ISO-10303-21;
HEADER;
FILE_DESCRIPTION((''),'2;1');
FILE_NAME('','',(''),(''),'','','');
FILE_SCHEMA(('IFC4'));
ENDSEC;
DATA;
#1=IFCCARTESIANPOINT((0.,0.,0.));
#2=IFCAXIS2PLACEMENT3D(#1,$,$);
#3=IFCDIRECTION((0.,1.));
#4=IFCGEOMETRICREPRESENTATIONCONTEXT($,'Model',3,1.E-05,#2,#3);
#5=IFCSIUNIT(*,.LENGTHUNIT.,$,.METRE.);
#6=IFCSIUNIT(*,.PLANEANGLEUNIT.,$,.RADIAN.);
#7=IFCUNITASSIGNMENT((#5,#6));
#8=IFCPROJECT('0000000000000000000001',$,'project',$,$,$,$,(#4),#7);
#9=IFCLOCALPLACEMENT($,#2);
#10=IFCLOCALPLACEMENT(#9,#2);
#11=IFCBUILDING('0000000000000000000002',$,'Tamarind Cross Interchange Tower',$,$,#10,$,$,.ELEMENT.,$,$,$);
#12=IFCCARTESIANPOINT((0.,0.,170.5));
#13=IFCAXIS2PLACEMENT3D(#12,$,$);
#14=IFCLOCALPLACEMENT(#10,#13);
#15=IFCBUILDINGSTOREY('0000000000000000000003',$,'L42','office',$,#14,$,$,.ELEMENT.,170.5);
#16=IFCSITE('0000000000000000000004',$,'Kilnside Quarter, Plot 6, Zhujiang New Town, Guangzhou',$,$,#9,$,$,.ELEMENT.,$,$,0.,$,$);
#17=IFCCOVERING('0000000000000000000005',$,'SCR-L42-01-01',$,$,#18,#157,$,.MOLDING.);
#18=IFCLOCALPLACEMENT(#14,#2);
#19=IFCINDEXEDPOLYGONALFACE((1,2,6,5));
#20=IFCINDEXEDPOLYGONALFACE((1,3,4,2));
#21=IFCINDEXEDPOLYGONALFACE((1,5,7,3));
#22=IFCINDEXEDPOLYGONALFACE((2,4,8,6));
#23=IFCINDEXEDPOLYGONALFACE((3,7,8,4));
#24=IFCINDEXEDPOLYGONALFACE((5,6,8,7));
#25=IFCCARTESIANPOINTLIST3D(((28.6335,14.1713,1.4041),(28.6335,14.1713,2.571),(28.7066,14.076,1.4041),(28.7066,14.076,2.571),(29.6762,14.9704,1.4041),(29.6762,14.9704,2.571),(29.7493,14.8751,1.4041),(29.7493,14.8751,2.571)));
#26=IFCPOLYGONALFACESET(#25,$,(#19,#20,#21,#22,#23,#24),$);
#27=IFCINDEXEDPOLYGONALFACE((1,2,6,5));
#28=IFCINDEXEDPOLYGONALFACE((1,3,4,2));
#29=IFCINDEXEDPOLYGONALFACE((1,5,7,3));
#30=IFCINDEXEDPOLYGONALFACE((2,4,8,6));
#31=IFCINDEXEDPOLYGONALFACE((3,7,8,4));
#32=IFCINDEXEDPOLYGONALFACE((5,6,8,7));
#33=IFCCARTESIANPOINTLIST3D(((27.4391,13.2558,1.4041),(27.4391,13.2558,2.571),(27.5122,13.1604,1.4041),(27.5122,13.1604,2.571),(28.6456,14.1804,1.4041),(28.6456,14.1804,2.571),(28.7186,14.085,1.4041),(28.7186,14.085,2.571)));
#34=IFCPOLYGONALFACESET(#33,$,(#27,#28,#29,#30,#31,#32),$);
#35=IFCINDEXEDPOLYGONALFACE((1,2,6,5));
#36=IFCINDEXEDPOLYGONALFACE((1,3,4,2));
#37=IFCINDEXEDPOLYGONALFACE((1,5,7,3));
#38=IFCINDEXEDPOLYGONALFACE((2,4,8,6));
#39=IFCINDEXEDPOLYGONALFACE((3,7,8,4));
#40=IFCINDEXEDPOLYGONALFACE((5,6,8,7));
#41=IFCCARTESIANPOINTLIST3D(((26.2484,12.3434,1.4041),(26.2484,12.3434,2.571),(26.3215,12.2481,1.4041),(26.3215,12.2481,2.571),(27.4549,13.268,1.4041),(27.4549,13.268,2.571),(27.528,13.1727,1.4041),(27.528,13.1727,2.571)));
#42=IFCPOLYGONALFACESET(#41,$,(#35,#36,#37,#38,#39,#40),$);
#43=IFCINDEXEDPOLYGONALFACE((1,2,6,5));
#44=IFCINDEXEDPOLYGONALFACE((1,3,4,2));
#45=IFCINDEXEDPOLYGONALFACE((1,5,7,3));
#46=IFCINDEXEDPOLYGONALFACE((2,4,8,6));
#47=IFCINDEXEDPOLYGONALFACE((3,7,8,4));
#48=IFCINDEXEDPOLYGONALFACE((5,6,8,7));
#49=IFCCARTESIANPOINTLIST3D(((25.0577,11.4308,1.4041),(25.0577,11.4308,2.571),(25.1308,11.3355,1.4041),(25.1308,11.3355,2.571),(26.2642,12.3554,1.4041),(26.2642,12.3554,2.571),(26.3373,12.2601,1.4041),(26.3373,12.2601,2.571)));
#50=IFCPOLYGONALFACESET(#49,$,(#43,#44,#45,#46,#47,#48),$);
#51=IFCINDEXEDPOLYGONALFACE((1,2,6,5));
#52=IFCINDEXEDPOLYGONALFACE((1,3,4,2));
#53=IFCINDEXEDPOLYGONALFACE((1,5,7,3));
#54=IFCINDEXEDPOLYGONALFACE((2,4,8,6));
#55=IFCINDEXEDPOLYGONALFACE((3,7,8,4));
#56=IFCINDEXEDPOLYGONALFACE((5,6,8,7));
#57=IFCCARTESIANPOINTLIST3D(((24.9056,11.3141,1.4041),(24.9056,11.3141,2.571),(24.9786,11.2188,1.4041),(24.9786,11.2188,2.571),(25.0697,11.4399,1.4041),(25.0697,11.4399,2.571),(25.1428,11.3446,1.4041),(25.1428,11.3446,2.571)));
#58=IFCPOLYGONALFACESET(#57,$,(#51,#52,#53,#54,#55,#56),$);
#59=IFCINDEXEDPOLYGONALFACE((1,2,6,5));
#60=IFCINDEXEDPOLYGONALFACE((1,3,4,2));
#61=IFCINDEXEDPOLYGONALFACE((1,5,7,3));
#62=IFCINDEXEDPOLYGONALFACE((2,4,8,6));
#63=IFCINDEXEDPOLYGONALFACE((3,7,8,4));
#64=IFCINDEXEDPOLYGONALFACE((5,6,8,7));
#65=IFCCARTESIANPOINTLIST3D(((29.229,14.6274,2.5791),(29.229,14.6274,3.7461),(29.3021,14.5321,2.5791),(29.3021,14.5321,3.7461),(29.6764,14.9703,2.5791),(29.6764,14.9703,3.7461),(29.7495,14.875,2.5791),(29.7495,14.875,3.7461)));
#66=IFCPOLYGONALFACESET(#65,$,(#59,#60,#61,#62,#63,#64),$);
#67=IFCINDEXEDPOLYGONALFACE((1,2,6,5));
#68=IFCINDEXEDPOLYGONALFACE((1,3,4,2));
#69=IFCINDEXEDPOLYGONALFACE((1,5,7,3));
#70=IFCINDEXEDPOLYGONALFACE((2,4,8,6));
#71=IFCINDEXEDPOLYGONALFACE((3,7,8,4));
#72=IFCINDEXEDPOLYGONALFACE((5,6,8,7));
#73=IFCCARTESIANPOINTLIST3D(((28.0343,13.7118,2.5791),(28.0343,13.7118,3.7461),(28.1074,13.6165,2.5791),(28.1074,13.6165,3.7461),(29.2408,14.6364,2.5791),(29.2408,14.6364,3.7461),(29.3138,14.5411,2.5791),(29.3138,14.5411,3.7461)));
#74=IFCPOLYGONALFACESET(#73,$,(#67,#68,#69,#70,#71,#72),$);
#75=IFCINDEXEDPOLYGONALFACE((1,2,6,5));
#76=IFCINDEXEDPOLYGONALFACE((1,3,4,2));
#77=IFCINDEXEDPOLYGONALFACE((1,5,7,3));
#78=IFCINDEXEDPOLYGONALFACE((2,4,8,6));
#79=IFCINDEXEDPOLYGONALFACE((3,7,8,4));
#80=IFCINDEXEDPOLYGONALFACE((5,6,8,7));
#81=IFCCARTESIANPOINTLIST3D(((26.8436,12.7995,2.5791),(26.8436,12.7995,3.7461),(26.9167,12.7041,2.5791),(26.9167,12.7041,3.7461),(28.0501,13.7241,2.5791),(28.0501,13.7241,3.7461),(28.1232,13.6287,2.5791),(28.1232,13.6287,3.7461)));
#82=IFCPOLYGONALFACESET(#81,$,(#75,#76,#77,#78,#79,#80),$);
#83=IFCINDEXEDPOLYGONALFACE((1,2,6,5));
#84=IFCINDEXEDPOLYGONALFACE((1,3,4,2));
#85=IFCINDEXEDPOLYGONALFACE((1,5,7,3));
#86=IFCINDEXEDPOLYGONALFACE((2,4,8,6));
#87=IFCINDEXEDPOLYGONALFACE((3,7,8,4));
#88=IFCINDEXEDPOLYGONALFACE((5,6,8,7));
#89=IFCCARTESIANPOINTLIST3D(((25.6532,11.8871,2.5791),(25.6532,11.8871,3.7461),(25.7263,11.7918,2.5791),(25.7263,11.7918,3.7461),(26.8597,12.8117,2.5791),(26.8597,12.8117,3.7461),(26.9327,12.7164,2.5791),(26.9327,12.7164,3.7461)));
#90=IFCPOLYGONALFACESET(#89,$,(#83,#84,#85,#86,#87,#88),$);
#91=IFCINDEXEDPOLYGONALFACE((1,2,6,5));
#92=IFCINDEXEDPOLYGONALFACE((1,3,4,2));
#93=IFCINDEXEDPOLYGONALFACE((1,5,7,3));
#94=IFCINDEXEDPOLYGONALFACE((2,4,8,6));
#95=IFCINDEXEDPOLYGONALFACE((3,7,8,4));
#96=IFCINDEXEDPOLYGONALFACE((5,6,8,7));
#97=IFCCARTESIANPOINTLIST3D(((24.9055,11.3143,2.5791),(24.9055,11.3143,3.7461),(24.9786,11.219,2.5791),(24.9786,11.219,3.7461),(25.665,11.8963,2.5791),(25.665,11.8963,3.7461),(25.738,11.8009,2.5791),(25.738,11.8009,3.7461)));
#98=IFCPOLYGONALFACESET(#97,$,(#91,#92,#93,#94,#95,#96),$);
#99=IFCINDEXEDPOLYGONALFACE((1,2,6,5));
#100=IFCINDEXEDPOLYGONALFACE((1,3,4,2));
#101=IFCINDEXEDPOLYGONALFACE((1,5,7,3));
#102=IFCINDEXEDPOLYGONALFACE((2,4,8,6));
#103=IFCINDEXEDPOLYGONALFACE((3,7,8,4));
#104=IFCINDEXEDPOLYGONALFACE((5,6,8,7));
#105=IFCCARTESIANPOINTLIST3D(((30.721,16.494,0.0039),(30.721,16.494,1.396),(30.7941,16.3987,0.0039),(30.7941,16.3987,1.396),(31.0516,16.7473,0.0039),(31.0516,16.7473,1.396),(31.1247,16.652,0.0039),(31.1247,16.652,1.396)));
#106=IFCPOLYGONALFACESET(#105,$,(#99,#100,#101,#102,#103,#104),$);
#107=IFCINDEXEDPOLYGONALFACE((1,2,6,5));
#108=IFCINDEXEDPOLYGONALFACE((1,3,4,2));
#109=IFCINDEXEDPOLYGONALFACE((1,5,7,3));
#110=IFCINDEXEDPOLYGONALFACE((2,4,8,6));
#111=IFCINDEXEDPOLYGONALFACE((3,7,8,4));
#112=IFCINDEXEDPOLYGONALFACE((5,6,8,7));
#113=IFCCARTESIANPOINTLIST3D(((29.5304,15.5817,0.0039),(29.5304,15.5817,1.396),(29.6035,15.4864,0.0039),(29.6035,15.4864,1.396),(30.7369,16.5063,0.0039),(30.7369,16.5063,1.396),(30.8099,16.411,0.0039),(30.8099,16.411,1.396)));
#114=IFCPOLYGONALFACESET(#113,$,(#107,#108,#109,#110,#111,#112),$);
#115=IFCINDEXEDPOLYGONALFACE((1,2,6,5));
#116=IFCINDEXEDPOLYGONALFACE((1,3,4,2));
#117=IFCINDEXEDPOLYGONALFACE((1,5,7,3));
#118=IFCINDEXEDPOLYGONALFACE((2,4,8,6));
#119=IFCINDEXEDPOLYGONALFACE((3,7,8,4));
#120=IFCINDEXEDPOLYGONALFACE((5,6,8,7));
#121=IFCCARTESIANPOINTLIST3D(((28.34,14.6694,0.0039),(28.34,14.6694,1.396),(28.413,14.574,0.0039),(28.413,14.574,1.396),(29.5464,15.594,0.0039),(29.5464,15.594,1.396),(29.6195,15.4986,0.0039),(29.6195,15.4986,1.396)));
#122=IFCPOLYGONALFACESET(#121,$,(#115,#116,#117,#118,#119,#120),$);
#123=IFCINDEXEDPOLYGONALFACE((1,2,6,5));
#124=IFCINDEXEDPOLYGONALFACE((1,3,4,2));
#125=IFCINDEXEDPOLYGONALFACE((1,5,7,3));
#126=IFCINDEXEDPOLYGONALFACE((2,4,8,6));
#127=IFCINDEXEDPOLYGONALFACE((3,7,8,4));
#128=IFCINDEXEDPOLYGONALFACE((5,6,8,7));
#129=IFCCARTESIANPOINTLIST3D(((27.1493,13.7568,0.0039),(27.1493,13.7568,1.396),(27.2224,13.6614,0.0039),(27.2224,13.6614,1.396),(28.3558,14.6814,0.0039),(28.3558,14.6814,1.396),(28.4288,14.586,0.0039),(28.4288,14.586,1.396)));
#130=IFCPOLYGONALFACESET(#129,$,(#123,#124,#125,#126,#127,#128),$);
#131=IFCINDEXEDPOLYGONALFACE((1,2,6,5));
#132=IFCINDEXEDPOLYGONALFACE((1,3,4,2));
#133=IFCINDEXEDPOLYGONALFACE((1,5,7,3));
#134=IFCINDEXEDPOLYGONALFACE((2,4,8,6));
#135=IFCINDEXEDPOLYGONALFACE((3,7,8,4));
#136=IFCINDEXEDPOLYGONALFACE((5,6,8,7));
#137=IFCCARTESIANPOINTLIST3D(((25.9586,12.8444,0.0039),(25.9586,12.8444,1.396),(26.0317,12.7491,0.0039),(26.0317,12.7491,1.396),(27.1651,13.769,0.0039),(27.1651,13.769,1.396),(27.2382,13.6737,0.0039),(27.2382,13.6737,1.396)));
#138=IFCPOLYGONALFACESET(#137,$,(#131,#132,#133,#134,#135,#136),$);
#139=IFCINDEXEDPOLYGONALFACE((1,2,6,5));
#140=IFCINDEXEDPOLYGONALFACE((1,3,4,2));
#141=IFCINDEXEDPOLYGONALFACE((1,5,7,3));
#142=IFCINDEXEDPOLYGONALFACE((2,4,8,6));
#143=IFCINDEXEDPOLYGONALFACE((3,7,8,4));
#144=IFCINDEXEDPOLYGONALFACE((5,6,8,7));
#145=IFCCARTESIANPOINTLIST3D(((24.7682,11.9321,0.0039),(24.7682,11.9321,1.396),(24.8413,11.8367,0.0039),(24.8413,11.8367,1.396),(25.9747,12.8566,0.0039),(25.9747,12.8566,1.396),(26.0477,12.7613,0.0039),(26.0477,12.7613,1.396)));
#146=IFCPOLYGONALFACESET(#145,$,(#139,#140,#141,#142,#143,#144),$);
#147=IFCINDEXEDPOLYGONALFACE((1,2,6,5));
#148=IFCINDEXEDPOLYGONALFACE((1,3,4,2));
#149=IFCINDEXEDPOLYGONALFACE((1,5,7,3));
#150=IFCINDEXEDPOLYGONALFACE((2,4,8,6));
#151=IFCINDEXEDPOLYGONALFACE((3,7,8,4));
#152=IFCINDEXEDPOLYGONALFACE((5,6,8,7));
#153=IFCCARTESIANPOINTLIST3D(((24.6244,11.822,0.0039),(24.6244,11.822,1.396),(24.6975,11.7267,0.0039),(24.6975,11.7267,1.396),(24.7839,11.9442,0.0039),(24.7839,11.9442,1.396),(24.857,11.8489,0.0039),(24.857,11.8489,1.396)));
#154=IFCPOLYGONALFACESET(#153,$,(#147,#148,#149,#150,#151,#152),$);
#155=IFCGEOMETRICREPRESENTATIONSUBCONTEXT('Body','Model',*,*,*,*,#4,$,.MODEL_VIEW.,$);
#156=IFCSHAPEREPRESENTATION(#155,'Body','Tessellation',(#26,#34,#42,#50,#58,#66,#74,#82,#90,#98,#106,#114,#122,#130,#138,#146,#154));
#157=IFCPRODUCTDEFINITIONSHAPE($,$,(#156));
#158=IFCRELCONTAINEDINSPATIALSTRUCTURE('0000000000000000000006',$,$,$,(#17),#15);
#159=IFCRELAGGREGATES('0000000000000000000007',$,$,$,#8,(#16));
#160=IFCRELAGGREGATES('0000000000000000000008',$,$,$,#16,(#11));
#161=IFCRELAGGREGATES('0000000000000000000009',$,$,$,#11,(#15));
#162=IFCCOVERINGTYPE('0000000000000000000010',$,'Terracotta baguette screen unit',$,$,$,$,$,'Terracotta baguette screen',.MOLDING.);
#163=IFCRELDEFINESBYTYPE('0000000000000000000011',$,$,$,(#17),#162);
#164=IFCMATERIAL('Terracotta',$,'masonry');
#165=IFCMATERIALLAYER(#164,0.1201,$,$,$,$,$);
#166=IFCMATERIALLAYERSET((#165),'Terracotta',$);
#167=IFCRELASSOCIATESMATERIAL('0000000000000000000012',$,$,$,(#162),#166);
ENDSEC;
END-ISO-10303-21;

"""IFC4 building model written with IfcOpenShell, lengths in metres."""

from ifc_helpers import new_model, si_unit, direction, frame, origin, origin_2d, place, context, subcontext, project, spatial, rectangle, extrude, material, layer, layer_set, type_object, element, save


model = new_model("IFC4")

# Units and contexts
model_context = context("Model", 3, precision=1e-05, world=origin(), true_north=direction((0.0, 1.0)))
body_context = subcontext(model_context, "Body", "Model", "MODEL_VIEW")
ifc_project = project(units=[si_unit("LENGTHUNIT", "METRE"), si_unit("PLANEANGLEUNIT", "RADIAN")], contexts=[model_context])

# Site, building, storey
site_placement = place(None, origin())
site = spatial("IfcSite", under=ifc_project, at=site_placement, Name="Kilnside Quarter, Plot 6, Zhujiang New Town, Guangzhou", CompositionType="ELEMENT", RefElevation=0.0)
building_placement = place(site_placement, origin())
building = spatial("IfcBuilding", under=site, at=building_placement, Name="Tamarind Cross Interchange Tower", CompositionType="ELEMENT")
storey_placement = place(building_placement, frame((0.0, 0.0, 170.5)))
storey = spatial("IfcBuildingStorey", under=building, at=storey_placement, Name="L42", Description="office", CompositionType="ELEMENT", Elevation=170.5)

# Covering
ifc_material_1 = material(Name="Terracotta", Category="masonry")
ifc_layer_1 = layer(ifc_material_1, 0.1201)
ifc_layer_set_1 = layer_set([ifc_layer_1], Name="Terracotta")
covering_type = type_object("IfcCoveringType", Name="Terracotta baguette screen unit", ElementType="Terracotta baguette screen", PredefinedType="MOLDING", material=ifc_layer_set_1)
covering_1_placement = place(storey_placement, origin())
element("IfcCovering", 1, at=covering_1_placement, inside=storey, type_object=covering_type, Name="SCR-L42-01-01", PredefinedType="MOLDING", context=body_context, shape_type="SweptSolid", body=[
    extrude(rectangle(XDim=1.3137, YDim=0.1201, at=origin_2d()), frame((29.1914, 14.5232, 1.4041), z_axis=(0.0, 0.0, 1.0), x_axis=(-0.793725, -0.608277, 0.0)), (0.0, 0.0, 1.0), 1.167),
    extrude(rectangle(XDim=1.52, YDim=0.1201, at=origin_2d()), frame((28.0789, 13.6704, 1.4041), z_axis=(0.0, 0.0, 1.0), x_axis=(-0.793725, -0.608277, 0.0)), (0.0, 0.0, 1.0), 1.167),
    extrude(rectangle(XDim=1.52, YDim=0.1201, at=origin_2d()), frame((26.8882, 12.7581, 1.4041), z_axis=(0.0, 0.0, 1.0), x_axis=(-0.793725, -0.608277, 0.0)), (0.0, 0.0, 1.0), 1.167),
    extrude(rectangle(XDim=1.52, YDim=0.1201, at=origin_2d()), frame((25.6975, 11.8455, 1.4041), z_axis=(0.0, 0.0, 1.0), x_axis=(-0.793725, -0.608277, 0.0)), (0.0, 0.0, 1.0), 1.167),
    extrude(rectangle(XDim=0.2068, YDim=0.1201, at=origin_2d()), frame((25.0242, 11.3293, 1.4041), z_axis=(0.0, 0.0, 1.0), x_axis=(-0.793725, -0.608277, 0.0)), (0.0, 0.0, 1.0), 1.167),
    extrude(rectangle(XDim=0.5637, YDim=0.1201, at=origin_2d()), frame((29.4893, 14.7512, 2.5791), z_axis=(0.0, 0.0, 1.0), x_axis=(-0.793725, -0.608277, 0.0)), (0.0, 0.0, 1.0), 1.167),
    extrude(rectangle(XDim=1.52, YDim=0.1201, at=origin_2d()), frame((28.6741, 14.1265, 2.5791), z_axis=(0.0, 0.0, 1.0), x_axis=(-0.793725, -0.608277, 0.0)), (0.0, 0.0, 1.0), 1.167),
    extrude(rectangle(XDim=1.52, YDim=0.1201, at=origin_2d()), frame((27.4834, 13.2141, 2.5791), z_axis=(0.0, 0.0, 1.0), x_axis=(-0.793725, -0.608277, 0.0)), (0.0, 0.0, 1.0), 1.167),
    extrude(rectangle(XDim=1.52, YDim=0.1201, at=origin_2d()), frame((26.293, 12.3018, 2.5791), z_axis=(0.0, 0.0, 1.0), x_axis=(-0.793725, -0.608277, 0.0)), (0.0, 0.0, 1.0), 1.167),
    extrude(rectangle(XDim=0.9568, YDim=0.1201, at=origin_2d()), frame((25.3218, 11.5576, 2.5791), z_axis=(0.0, 0.0, 1.0), x_axis=(-0.793725, -0.608277, 0.0)), (0.0, 0.0, 1.0), 1.167),
    extrude(rectangle(XDim=0.4165, YDim=0.1201, at=origin_2d()), frame((30.9229, 16.573, 0.0039), z_axis=(0.0, 0.0, 1.0), x_axis=(-0.793725, -0.608277, 0.0)), (0.0, 0.0, 1.0), 1.3921),
    extrude(rectangle(XDim=1.52, YDim=0.1201, at=origin_2d()), frame((30.1702, 15.9963, 0.0039), z_axis=(0.0, 0.0, 1.0), x_axis=(-0.793725, -0.608277, 0.0)), (0.0, 0.0, 1.0), 1.3921),
    extrude(rectangle(XDim=1.52, YDim=0.1201, at=origin_2d()), frame((28.9797, 15.084, 0.0039), z_axis=(0.0, 0.0, 1.0), x_axis=(-0.793725, -0.608277, 0.0)), (0.0, 0.0, 1.0), 1.3921),
    extrude(rectangle(XDim=1.52, YDim=0.1201, at=origin_2d()), frame((27.7891, 14.1714, 0.0039), z_axis=(0.0, 0.0, 1.0), x_axis=(-0.793725, -0.608277, 0.0)), (0.0, 0.0, 1.0), 1.3921),
    extrude(rectangle(XDim=1.52, YDim=0.1201, at=origin_2d()), frame((26.5984, 13.259, 0.0039), z_axis=(0.0, 0.0, 1.0), x_axis=(-0.793725, -0.608277, 0.0)), (0.0, 0.0, 1.0), 1.3921),
    extrude(rectangle(XDim=1.52, YDim=0.1201, at=origin_2d()), frame((25.408, 12.3467, 0.0039), z_axis=(0.0, 0.0, 1.0), x_axis=(-0.793725, -0.608277, 0.0)), (0.0, 0.0, 1.0), 1.3921),
    extrude(rectangle(XDim=0.2009, YDim=0.1201, at=origin_2d()), frame((24.7407, 11.8354, 0.0039), z_axis=(0.0, 0.0, 1.0), x_axis=(-0.793725, -0.608277, 0.0)), (0.0, 0.0, 1.0), 1.3921),
])

save(model, "model.ifc")
